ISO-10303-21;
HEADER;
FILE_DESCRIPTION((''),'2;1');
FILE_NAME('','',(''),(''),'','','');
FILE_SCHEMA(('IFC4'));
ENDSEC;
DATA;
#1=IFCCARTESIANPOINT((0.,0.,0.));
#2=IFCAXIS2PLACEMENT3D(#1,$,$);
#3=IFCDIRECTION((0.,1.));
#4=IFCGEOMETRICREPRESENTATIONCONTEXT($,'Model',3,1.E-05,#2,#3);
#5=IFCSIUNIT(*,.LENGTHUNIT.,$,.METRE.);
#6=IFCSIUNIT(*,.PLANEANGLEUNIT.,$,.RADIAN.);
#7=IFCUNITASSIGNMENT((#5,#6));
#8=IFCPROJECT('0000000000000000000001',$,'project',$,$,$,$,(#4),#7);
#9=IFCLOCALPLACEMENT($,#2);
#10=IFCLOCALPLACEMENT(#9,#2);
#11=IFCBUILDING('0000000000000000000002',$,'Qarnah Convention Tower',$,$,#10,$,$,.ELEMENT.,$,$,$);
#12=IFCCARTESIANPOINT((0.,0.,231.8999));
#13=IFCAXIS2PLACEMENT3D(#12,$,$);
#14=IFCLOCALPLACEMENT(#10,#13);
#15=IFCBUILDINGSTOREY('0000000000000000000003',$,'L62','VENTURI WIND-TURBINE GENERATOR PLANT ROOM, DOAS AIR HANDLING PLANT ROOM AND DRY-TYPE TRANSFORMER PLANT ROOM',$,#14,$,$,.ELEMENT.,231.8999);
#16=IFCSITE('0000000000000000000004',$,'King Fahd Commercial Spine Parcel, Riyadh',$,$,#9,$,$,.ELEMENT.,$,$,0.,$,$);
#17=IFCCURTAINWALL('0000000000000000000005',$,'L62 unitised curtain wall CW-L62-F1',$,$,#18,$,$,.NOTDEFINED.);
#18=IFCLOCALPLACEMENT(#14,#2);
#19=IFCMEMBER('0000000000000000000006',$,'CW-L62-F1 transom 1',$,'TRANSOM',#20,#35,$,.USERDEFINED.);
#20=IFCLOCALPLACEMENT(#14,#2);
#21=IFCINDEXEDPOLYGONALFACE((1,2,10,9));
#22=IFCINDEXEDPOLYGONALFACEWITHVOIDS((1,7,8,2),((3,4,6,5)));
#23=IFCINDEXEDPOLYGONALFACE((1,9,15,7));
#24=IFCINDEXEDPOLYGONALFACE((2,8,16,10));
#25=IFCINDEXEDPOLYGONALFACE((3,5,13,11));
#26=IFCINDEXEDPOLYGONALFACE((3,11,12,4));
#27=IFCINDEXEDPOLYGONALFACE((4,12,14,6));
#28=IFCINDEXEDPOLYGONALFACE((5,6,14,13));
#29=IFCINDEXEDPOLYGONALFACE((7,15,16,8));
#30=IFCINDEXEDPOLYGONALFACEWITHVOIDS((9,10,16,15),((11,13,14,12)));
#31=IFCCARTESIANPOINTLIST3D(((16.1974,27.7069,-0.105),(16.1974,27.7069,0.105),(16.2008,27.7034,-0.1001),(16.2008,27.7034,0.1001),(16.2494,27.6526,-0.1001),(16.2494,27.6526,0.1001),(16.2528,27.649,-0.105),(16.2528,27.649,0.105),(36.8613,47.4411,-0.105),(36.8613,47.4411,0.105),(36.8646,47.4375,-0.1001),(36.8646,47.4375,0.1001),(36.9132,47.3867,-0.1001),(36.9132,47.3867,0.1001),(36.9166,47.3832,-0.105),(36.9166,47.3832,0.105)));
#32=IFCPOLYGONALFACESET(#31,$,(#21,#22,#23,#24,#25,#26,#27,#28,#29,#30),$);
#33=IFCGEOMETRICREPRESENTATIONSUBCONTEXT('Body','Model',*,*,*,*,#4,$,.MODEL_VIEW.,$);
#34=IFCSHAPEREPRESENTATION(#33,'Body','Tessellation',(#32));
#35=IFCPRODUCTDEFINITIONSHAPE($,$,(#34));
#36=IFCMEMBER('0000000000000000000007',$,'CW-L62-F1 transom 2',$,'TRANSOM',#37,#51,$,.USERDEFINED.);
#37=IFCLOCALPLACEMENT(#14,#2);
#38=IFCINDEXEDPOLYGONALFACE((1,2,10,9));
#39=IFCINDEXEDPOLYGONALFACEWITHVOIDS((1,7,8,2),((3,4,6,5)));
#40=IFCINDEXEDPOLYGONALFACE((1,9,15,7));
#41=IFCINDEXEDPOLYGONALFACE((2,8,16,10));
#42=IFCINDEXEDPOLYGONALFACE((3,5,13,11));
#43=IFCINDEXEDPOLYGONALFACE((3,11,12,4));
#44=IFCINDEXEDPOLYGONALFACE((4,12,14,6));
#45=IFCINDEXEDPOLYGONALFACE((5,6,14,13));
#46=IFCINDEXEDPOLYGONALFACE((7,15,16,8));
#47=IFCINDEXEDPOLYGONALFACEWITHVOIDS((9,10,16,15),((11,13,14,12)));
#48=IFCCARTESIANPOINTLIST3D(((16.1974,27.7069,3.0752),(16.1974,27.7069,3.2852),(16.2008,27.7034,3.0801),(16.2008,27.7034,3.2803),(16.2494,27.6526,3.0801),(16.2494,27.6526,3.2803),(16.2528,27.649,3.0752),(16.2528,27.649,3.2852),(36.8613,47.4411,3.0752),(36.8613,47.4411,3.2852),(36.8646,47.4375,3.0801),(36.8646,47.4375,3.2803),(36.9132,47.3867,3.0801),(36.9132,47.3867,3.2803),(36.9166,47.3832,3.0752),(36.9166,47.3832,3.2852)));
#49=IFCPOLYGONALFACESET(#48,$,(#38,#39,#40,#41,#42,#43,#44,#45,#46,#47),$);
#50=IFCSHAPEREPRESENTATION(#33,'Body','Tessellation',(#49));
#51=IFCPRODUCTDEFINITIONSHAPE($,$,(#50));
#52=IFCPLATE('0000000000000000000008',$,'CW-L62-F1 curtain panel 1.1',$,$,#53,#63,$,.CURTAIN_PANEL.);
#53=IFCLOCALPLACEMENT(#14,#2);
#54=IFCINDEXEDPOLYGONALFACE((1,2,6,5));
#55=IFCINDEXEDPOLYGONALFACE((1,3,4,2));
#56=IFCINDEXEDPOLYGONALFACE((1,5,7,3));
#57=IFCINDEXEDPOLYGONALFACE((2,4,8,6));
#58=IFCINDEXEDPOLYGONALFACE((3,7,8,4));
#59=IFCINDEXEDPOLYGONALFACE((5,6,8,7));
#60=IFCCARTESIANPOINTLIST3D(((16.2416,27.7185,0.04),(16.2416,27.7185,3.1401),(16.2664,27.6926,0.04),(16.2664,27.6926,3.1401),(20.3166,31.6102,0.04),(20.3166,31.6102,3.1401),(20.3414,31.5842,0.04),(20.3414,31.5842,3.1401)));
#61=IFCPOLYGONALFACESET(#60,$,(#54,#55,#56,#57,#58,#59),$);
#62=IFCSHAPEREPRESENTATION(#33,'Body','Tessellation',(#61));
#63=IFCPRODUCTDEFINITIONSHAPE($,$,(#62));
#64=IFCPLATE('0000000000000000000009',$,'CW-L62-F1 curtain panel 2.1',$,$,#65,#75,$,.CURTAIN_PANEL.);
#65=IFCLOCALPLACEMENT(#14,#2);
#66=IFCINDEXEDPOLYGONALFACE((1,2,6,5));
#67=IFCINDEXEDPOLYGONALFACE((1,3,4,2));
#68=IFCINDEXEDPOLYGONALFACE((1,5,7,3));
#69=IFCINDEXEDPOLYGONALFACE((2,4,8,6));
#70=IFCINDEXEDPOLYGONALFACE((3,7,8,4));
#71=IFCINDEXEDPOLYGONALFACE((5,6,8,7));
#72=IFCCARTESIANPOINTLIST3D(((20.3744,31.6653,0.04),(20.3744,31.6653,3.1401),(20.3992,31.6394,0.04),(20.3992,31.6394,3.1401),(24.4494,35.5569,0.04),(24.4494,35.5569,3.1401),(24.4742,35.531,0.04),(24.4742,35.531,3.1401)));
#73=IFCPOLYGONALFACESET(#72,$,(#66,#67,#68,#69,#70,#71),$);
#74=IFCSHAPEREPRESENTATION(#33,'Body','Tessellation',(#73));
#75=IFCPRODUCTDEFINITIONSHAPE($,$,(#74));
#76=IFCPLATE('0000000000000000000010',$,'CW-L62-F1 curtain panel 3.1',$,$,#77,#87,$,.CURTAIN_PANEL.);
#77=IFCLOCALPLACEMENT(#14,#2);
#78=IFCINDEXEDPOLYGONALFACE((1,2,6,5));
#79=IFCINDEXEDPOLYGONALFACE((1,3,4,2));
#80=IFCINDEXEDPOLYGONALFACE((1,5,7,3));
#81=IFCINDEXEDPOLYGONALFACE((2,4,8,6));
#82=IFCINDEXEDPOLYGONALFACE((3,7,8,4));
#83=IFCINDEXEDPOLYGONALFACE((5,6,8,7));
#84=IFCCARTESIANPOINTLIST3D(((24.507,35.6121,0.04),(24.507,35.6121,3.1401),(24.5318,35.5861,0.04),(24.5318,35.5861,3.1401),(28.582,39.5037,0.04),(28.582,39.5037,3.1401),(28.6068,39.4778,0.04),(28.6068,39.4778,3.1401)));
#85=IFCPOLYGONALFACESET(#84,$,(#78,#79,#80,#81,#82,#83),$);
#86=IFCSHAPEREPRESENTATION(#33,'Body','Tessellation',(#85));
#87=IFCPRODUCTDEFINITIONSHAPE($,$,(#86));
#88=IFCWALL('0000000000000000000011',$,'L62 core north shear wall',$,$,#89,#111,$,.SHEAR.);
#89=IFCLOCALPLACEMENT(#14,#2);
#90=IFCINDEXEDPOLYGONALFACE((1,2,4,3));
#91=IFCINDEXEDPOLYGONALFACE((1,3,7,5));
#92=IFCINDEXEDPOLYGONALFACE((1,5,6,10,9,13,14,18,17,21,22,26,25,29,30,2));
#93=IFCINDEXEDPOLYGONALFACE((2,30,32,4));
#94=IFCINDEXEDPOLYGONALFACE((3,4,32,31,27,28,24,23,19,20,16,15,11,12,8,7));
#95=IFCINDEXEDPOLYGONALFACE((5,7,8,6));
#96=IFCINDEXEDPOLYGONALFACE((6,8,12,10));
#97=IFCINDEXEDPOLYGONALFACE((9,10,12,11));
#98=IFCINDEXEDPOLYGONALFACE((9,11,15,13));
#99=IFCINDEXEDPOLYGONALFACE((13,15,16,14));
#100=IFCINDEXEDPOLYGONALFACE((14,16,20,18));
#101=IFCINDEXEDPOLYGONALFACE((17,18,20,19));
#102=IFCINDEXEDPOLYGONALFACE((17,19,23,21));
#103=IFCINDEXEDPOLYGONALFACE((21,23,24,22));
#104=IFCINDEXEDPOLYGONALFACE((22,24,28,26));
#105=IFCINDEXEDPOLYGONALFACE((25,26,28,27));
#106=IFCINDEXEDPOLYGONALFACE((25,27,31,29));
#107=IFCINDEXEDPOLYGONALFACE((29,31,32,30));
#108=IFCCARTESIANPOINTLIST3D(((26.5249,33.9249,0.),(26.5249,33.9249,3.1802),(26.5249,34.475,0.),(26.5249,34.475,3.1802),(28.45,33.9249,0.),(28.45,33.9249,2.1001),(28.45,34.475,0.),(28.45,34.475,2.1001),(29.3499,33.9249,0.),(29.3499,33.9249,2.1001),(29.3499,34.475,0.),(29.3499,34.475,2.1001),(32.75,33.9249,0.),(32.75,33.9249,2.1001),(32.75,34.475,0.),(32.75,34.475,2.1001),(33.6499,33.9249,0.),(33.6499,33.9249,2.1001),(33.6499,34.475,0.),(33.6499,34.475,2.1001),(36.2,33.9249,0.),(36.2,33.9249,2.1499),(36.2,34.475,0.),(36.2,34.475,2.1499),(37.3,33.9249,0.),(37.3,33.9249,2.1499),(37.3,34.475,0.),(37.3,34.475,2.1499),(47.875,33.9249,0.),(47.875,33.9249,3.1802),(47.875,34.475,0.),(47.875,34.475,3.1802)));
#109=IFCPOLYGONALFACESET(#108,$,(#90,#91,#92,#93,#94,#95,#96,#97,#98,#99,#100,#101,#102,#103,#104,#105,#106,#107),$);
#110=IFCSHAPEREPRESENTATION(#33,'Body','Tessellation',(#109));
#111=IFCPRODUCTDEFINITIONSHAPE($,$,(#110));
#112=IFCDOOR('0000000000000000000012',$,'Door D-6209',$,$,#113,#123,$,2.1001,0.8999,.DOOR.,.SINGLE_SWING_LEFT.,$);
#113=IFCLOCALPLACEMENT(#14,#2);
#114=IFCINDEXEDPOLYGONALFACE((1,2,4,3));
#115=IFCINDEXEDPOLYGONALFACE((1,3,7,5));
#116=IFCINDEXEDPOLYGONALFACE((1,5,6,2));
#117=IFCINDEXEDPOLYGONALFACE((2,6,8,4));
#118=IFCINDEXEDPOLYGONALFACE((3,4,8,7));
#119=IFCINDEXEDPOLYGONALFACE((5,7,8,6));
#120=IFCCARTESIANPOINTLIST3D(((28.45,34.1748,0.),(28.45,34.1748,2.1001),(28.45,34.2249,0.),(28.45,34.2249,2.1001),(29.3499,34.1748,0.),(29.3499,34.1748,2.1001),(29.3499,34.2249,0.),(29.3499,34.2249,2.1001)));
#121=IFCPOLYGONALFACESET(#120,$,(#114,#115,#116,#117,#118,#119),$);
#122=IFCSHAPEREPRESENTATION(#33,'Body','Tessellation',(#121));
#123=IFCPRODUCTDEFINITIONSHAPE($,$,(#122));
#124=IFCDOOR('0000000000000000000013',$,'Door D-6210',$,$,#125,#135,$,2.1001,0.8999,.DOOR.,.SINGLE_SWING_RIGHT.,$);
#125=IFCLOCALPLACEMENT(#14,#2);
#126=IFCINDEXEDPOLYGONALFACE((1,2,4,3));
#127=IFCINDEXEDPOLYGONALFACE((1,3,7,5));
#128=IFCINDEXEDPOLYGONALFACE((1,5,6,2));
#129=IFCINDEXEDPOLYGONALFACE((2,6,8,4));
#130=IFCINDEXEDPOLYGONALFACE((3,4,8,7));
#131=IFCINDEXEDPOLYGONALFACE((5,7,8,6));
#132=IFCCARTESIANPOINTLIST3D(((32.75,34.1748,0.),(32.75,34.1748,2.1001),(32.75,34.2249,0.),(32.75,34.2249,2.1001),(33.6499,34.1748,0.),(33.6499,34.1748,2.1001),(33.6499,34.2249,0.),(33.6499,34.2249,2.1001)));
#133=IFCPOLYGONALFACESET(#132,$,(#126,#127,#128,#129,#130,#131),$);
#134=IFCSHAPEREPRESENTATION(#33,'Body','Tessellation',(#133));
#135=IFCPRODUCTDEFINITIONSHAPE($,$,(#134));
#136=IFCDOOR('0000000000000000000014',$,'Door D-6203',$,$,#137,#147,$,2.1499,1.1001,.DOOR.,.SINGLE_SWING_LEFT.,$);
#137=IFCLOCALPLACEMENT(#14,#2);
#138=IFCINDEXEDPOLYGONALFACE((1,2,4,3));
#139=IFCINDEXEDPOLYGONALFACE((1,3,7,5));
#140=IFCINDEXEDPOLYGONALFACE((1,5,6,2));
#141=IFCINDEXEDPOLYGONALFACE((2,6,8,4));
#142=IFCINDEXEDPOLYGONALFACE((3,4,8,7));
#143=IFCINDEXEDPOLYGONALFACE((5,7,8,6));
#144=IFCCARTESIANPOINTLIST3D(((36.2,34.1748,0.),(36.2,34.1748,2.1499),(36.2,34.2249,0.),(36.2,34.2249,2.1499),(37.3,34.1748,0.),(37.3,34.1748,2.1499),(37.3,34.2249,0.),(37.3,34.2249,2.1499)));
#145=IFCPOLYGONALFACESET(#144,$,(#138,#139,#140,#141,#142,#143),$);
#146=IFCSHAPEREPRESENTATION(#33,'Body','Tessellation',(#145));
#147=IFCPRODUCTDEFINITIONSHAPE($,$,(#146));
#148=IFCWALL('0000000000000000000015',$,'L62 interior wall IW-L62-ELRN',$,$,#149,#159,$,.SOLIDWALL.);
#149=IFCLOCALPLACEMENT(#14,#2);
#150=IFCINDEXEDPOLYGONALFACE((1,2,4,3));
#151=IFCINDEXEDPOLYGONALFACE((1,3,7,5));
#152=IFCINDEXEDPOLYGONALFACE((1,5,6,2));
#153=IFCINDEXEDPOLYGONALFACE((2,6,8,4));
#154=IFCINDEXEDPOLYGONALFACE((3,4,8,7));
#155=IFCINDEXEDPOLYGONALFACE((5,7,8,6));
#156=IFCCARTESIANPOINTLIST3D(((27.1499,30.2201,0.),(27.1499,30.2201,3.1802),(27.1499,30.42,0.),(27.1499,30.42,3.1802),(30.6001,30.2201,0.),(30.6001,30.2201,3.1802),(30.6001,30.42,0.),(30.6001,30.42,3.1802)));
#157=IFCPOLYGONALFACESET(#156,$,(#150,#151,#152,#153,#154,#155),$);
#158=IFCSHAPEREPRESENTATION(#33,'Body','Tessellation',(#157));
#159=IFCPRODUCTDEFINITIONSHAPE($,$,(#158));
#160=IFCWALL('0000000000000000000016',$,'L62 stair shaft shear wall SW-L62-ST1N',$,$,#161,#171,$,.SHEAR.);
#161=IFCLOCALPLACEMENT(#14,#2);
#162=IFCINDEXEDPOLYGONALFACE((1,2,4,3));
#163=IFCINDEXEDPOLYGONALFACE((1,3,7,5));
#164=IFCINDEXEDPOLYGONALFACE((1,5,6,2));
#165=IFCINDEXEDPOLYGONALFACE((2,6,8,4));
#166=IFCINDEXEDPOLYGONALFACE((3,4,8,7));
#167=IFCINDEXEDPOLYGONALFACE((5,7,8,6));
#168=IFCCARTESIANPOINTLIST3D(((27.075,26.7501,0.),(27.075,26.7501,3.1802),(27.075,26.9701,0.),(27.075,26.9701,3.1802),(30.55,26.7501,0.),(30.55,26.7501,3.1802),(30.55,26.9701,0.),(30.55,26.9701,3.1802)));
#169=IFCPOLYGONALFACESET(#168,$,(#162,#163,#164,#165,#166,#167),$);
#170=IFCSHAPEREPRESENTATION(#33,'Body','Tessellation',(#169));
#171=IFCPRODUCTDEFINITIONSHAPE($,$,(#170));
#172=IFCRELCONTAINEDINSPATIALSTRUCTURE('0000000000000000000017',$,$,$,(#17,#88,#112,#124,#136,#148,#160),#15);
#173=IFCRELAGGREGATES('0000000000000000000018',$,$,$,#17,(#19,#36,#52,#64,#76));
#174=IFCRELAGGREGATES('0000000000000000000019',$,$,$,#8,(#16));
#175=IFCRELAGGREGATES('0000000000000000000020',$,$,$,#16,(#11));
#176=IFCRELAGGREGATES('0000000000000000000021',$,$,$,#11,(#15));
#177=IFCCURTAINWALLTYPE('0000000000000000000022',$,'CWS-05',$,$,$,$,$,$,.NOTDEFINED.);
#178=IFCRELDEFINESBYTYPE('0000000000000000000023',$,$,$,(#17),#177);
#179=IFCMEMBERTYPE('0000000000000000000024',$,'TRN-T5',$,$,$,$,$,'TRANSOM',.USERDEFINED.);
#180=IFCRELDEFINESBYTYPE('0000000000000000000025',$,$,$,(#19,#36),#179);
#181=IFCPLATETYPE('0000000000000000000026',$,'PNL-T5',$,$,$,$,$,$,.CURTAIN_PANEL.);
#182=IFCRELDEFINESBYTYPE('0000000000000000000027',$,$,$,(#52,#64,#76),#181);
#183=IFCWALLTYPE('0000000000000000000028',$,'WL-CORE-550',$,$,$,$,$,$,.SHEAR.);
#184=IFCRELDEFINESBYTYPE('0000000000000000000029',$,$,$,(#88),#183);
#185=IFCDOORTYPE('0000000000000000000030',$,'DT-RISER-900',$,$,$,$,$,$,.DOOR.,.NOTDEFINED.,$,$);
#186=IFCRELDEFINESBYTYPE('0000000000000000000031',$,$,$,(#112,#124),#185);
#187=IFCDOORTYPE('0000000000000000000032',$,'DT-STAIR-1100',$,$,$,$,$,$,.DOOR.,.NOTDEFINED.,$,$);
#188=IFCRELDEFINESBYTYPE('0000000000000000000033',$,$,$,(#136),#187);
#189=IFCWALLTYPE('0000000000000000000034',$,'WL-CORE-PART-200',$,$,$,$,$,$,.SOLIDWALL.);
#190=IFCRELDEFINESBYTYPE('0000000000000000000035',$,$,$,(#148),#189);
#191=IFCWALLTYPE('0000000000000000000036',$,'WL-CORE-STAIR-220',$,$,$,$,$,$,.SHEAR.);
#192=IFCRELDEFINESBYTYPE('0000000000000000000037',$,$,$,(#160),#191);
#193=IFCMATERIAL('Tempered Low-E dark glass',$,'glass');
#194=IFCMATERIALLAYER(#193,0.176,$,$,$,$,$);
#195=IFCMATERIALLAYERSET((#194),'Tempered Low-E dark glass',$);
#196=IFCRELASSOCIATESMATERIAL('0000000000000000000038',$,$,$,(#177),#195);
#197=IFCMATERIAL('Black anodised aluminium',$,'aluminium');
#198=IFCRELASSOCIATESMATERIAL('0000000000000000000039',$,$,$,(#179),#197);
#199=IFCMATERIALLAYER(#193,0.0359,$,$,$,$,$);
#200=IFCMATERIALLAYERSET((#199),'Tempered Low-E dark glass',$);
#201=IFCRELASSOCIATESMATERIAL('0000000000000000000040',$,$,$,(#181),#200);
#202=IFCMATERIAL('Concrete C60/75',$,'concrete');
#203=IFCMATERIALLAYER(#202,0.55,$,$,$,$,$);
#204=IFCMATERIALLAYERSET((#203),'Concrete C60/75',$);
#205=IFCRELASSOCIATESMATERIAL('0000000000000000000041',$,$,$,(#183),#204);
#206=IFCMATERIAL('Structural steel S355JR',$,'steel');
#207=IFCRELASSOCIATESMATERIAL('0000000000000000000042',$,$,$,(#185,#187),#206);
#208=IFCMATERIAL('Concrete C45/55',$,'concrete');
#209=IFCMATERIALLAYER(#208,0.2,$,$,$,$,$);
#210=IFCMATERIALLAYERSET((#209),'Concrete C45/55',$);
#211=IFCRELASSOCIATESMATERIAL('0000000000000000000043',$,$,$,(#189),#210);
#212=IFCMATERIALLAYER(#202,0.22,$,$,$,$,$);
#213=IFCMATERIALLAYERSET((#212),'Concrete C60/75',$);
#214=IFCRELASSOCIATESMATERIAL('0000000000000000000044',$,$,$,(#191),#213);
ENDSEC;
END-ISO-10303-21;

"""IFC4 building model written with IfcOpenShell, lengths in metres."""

from ifc_helpers import new_model, si_unit, direction, frame, frame_2d, origin, origin_2d, place, context, subcontext, project, spatial, rectangle, hollow_rectangle, extrude, material, layer, layer_set, material_profile, profile_set, type_object, element, fill, aggregate, save


model = new_model("IFC4")

# Units and contexts
model_context = context("Model", 3, precision=1e-05, world=origin(), true_north=direction((0.0, 1.0)))
body_context = subcontext(model_context, "Body", "Model", "MODEL_VIEW")
ifc_project = project(units=[si_unit("LENGTHUNIT", "METRE"), si_unit("PLANEANGLEUNIT", "RADIAN")], contexts=[model_context])

# Site, building, storey
site_placement = place(None, origin())
site = spatial("IfcSite", under=ifc_project, at=site_placement, Name="King Fahd Commercial Spine Parcel, Riyadh", CompositionType="ELEMENT", RefElevation=0.0)
building_placement = place(site_placement, origin())
building = spatial("IfcBuilding", under=site, at=building_placement, Name="Qarnah Convention Tower", CompositionType="ELEMENT")
storey_placement = place(building_placement, frame((0.0, 0.0, 231.8999)))
storey = spatial("IfcBuildingStorey", under=building, at=storey_placement, Name="L62", Description="VENTURI WIND-TURBINE GENERATOR PLANT ROOM, DOAS AIR HANDLING PLANT ROOM AND DRY-TYPE TRANSFORMER PLANT ROOM", CompositionType="ELEMENT", Elevation=231.8999)

# Shared definitions
ifc_material_1 = material(Name="Structural steel S355JR", Category="steel")

# Curtain wall, members, plates
ifc_material_2 = material(Name="Tempered Low-E dark glass", Category="glass")
ifc_layer_1 = layer(ifc_material_2, 0.176)
ifc_layer_set_1 = layer_set([ifc_layer_1], Name="Tempered Low-E dark glass")
curtain_wall_type = type_object("IfcCurtainWallType", Name="CWS-05", PredefinedType="NOTDEFINED", material=ifc_layer_set_1)
curtain_wall_placement = place(storey_placement, origin())
curtain_wall = element("IfcCurtainWall", 1, at=curtain_wall_placement, inside=storey, type_object=curtain_wall_type, Name="L62 unitised curtain wall CW-L62-F1", PredefinedType="NOTDEFINED")
ifc_material_3 = material(Name="Black anodised aluminium", Category="aluminium")
ifc_material_profile_1 = material_profile(ifc_material_3, hollow_rectangle(XDim=0.0801, YDim=0.21, WallThickness=0.0049, at=origin_2d()), Name="TRN-80X210")
ifc_profile_set_1 = profile_set([ifc_material_profile_1], Name="Black anodised aluminium")
member_type_1 = type_object("IfcMemberType", Name="TRN-T5", ElementType="TRANSOM", PredefinedType="USERDEFINED", material=ifc_profile_set_1)
member_1_placement = place(storey_placement, frame((16.2251, 27.678, 0.0), z_axis=(0.723188, 0.690651, 0.0), x_axis=(-0.690651, 0.723188, 0.0)))
member_1 = element("IfcMember", 2, at=member_1_placement, type_object=member_type_1, Name="CW-L62-F1 transom 1", ObjectType="TRANSOM", PredefinedType="USERDEFINED", context=body_context, shape_type="SweptSolid", body=[
    extrude(hollow_rectangle(XDim=0.0801, YDim=0.21, WallThickness=0.0049, at=origin_2d()), origin(), (0.0, 0.0, 1.0), 28.5732),
])
member_2_placement = place(storey_placement, frame((16.2251, 27.678, 3.1802), z_axis=(0.723188, 0.690651, 0.0), x_axis=(-0.690651, 0.723188, 0.0)))
member_2 = element("IfcMember", 3, at=member_2_placement, type_object=member_type_1, Name="CW-L62-F1 transom 2", ObjectType="TRANSOM", PredefinedType="USERDEFINED", context=body_context, shape_type="SweptSolid", body=[
    extrude(hollow_rectangle(XDim=0.0801, YDim=0.21, WallThickness=0.0049, at=origin_2d()), origin(), (0.0, 0.0, 1.0), 28.5732),
])
ifc_layer_2 = layer(ifc_material_2, 0.0359)
ifc_layer_set_2 = layer_set([ifc_layer_2], Name="Tempered Low-E dark glass")
plate_type = type_object("IfcPlateType", Name="PNL-T5", PredefinedType="CURTAIN_PANEL", material=ifc_layer_set_2)
plate_1_placement = place(storey_placement, frame((18.2915, 29.6514, 0.04), z_axis=(0.0, 0.0, 1.0), x_axis=(0.723193, 0.690646, 0.0)))
plate_1 = element("IfcPlate", 4, at=plate_1_placement, type_object=plate_type, Name="CW-L62-F1 curtain panel 1.1", PredefinedType="CURTAIN_PANEL", context=body_context, shape_type="SweptSolid", body=[
    extrude(rectangle(XDim=5.6348, YDim=0.0359, at=origin_2d()), origin(), (0.0, 0.0, 1.0), 3.1001),
])
plate_2_placement = place(storey_placement, frame((22.4243, 33.5981, 0.04), z_axis=(0.0, 0.0, 1.0), x_axis=(0.723193, 0.690646, 0.0)))
plate_2 = element("IfcPlate", 5, at=plate_2_placement, type_object=plate_type, Name="CW-L62-F1 curtain panel 2.1", PredefinedType="CURTAIN_PANEL", context=body_context, shape_type="SweptSolid", body=[
    extrude(rectangle(XDim=5.6348, YDim=0.0359, at=origin_2d()), origin(), (0.0, 0.0, 1.0), 3.1001),
])
plate_3_placement = place(storey_placement, frame((26.5569, 37.5449, 0.04), z_axis=(0.0, 0.0, 1.0), x_axis=(0.723193, 0.690646, 0.0)))
plate_3 = element("IfcPlate", 6, at=plate_3_placement, type_object=plate_type, Name="CW-L62-F1 curtain panel 3.1", PredefinedType="CURTAIN_PANEL", context=body_context, shape_type="SweptSolid", body=[
    extrude(rectangle(XDim=5.6348, YDim=0.0359, at=origin_2d()), origin(), (0.0, 0.0, 1.0), 3.1001),
])
aggregate(curtain_wall, [member_1, member_2, plate_1, plate_2, plate_3])

# Wall, openings, doors
ifc_material_4 = material(Name="Concrete C60/75", Category="concrete")
ifc_layer_3 = layer(ifc_material_4, 0.55)
ifc_layer_set_3 = layer_set([ifc_layer_3], Name="Concrete C60/75")
wall_type_1 = type_object("IfcWallType", Name="WL-CORE-550", PredefinedType="SHEAR", material=ifc_layer_set_3)
wall_1_placement = place(storey_placement, frame((26.5249, 34.2, 0.0), z_axis=(0.0, 0.0, 1.0), x_axis=(1.0, 0.0, 0.0)))
wall_1 = element("IfcWall", 7, at=wall_1_placement, inside=storey, type_object=wall_type_1, Name="L62 core north shear wall", PredefinedType="SHEAR", context=body_context, shape_type="SweptSolid", body=[
    extrude(rectangle(XDim=21.3501, YDim=0.55, at=frame_2d((10.675, 0.0))), origin(), (0.0, 0.0, 1.0), 3.1802),
])
opening_1_placement = place(wall_1_placement, frame((9.675, 0.0, 0.0)))
opening_1 = element("IfcOpeningElement", 8, at=opening_1_placement, cuts=wall_1, PredefinedType="OPENING", context=body_context, shape_type="SweptSolid", body=[
    extrude(rectangle(XDim=1.1001, YDim=2.1499, at=frame_2d((0.55, 1.075))), frame((0.0, 0.2849, 0.0), z_axis=(0.0, -1.0, 0.0), x_axis=(1.0, 0.0, 0.0)), (0.0, 0.0, 1.0), 0.5701),
])
opening_2_placement = place(wall_1_placement, frame((1.925, 0.0, 0.0)))
opening_2 = element("IfcOpeningElement", 9, at=opening_2_placement, cuts=wall_1, PredefinedType="OPENING", context=body_context, shape_type="SweptSolid", body=[
    extrude(rectangle(XDim=0.8999, YDim=2.1001, at=frame_2d((0.45, 1.05))), frame((0.0, 0.2849, 0.0), z_axis=(0.0, -1.0, 0.0), x_axis=(1.0, 0.0, 0.0)), (0.0, 0.0, 1.0), 0.5701),
])
opening_3_placement = place(wall_1_placement, frame((6.2251, 0.0, 0.0)))
opening_3 = element("IfcOpeningElement", 10, at=opening_3_placement, cuts=wall_1, PredefinedType="OPENING", context=body_context, shape_type="SweptSolid", body=[
    extrude(rectangle(XDim=0.8999, YDim=2.1001, at=frame_2d((0.45, 1.05))), frame((0.0, 0.2849, 0.0), z_axis=(0.0, -1.0, 0.0), x_axis=(1.0, 0.0, 0.0)), (0.0, 0.0, 1.0), 0.5701),
])
door_type_1 = type_object("IfcDoorType", Name="DT-RISER-900", OperationType="NOTDEFINED", PredefinedType="DOOR", material=ifc_material_1)
door_1_placement = place(opening_2_placement, origin())
door_1 = element("IfcDoor", 11, at=door_1_placement, inside=storey, type_object=door_type_1, Name="Door D-6209", OperationType="SINGLE_SWING_LEFT", OverallHeight=2.1001, OverallWidth=0.8999, PredefinedType="DOOR", context=body_context, shape_type="SweptSolid", body=[
    extrude(rectangle(XDim=0.8999, YDim=2.1001, at=frame_2d((0.45, 1.05))), frame((0.0, 0.0249, 0.0), z_axis=(0.0, -1.0, 0.0), x_axis=(1.0, 0.0, 0.0)), (0.0, 0.0, 1.0), 0.05),
])
fill(opening_2, door_1)
door_2_placement = place(opening_3_placement, origin())
door_2 = element("IfcDoor", 12, at=door_2_placement, inside=storey, type_object=door_type_1, Name="Door D-6210", OperationType="SINGLE_SWING_RIGHT", OverallHeight=2.1001, OverallWidth=0.8999, PredefinedType="DOOR", context=body_context, shape_type="SweptSolid", body=[
    extrude(rectangle(XDim=0.8999, YDim=2.1001, at=frame_2d((0.45, 1.05))), frame((0.0, 0.0249, 0.0), z_axis=(0.0, -1.0, 0.0), x_axis=(1.0, 0.0, 0.0)), (0.0, 0.0, 1.0), 0.05),
])
fill(opening_3, door_2)
door_type_2 = type_object("IfcDoorType", Name="DT-STAIR-1100", OperationType="NOTDEFINED", PredefinedType="DOOR", material=ifc_material_1)
door_3_placement = place(opening_1_placement, origin())
door_3 = element("IfcDoor", 13, at=door_3_placement, inside=storey, type_object=door_type_2, Name="Door D-6203", OperationType="SINGLE_SWING_LEFT", OverallHeight=2.1499, OverallWidth=1.1001, PredefinedType="DOOR", context=body_context, shape_type="SweptSolid", body=[
    extrude(rectangle(XDim=1.1001, YDim=2.1499, at=frame_2d((0.55, 1.075))), frame((0.0, 0.0249, 0.0), z_axis=(0.0, -1.0, 0.0), x_axis=(1.0, 0.0, 0.0)), (0.0, 0.0, 1.0), 0.05),
])
fill(opening_1, door_3)

# Walls
ifc_material_5 = material(Name="Concrete C45/55", Category="concrete")
ifc_layer_4 = layer(ifc_material_5, 0.2)
ifc_layer_set_4 = layer_set([ifc_layer_4], Name="Concrete C45/55")
wall_type_2 = type_object("IfcWallType", Name="WL-CORE-PART-200", PredefinedType="SOLIDWALL", material=ifc_layer_set_4)
wall_2_placement = place(storey_placement, frame((27.1499, 30.3201, 0.0), z_axis=(0.0, 0.0, 1.0), x_axis=(1.0, 0.0, 0.0)))
element("IfcWall", 14, at=wall_2_placement, inside=storey, type_object=wall_type_2, Name="L62 interior wall IW-L62-ELRN", PredefinedType="SOLIDWALL", context=body_context, shape_type="SweptSolid", body=[
    extrude(rectangle(XDim=3.4502, YDim=0.2, at=frame_2d((1.7251, 0.0))), origin(), (0.0, 0.0, 1.0), 3.1802),
])
ifc_layer_5 = layer(ifc_material_4, 0.22)
ifc_layer_set_5 = layer_set([ifc_layer_5], Name="Concrete C60/75")
wall_type_3 = type_object("IfcWallType", Name="WL-CORE-STAIR-220", PredefinedType="SHEAR", material=ifc_layer_set_5)
wall_3_placement = place(storey_placement, frame((27.075, 26.8601, 0.0), z_axis=(0.0, 0.0, 1.0), x_axis=(1.0, 0.0, 0.0)))
element("IfcWall", 15, at=wall_3_placement, inside=storey, type_object=wall_type_3, Name="L62 stair shaft shear wall SW-L62-ST1N", PredefinedType="SHEAR", context=body_context, shape_type="SweptSolid", body=[
    extrude(rectangle(XDim=3.4751, YDim=0.22, at=frame_2d((1.7375, 0.0))), origin(), (0.0, 0.0, 1.0), 3.1802),
])

save(model, "model.ifc")
